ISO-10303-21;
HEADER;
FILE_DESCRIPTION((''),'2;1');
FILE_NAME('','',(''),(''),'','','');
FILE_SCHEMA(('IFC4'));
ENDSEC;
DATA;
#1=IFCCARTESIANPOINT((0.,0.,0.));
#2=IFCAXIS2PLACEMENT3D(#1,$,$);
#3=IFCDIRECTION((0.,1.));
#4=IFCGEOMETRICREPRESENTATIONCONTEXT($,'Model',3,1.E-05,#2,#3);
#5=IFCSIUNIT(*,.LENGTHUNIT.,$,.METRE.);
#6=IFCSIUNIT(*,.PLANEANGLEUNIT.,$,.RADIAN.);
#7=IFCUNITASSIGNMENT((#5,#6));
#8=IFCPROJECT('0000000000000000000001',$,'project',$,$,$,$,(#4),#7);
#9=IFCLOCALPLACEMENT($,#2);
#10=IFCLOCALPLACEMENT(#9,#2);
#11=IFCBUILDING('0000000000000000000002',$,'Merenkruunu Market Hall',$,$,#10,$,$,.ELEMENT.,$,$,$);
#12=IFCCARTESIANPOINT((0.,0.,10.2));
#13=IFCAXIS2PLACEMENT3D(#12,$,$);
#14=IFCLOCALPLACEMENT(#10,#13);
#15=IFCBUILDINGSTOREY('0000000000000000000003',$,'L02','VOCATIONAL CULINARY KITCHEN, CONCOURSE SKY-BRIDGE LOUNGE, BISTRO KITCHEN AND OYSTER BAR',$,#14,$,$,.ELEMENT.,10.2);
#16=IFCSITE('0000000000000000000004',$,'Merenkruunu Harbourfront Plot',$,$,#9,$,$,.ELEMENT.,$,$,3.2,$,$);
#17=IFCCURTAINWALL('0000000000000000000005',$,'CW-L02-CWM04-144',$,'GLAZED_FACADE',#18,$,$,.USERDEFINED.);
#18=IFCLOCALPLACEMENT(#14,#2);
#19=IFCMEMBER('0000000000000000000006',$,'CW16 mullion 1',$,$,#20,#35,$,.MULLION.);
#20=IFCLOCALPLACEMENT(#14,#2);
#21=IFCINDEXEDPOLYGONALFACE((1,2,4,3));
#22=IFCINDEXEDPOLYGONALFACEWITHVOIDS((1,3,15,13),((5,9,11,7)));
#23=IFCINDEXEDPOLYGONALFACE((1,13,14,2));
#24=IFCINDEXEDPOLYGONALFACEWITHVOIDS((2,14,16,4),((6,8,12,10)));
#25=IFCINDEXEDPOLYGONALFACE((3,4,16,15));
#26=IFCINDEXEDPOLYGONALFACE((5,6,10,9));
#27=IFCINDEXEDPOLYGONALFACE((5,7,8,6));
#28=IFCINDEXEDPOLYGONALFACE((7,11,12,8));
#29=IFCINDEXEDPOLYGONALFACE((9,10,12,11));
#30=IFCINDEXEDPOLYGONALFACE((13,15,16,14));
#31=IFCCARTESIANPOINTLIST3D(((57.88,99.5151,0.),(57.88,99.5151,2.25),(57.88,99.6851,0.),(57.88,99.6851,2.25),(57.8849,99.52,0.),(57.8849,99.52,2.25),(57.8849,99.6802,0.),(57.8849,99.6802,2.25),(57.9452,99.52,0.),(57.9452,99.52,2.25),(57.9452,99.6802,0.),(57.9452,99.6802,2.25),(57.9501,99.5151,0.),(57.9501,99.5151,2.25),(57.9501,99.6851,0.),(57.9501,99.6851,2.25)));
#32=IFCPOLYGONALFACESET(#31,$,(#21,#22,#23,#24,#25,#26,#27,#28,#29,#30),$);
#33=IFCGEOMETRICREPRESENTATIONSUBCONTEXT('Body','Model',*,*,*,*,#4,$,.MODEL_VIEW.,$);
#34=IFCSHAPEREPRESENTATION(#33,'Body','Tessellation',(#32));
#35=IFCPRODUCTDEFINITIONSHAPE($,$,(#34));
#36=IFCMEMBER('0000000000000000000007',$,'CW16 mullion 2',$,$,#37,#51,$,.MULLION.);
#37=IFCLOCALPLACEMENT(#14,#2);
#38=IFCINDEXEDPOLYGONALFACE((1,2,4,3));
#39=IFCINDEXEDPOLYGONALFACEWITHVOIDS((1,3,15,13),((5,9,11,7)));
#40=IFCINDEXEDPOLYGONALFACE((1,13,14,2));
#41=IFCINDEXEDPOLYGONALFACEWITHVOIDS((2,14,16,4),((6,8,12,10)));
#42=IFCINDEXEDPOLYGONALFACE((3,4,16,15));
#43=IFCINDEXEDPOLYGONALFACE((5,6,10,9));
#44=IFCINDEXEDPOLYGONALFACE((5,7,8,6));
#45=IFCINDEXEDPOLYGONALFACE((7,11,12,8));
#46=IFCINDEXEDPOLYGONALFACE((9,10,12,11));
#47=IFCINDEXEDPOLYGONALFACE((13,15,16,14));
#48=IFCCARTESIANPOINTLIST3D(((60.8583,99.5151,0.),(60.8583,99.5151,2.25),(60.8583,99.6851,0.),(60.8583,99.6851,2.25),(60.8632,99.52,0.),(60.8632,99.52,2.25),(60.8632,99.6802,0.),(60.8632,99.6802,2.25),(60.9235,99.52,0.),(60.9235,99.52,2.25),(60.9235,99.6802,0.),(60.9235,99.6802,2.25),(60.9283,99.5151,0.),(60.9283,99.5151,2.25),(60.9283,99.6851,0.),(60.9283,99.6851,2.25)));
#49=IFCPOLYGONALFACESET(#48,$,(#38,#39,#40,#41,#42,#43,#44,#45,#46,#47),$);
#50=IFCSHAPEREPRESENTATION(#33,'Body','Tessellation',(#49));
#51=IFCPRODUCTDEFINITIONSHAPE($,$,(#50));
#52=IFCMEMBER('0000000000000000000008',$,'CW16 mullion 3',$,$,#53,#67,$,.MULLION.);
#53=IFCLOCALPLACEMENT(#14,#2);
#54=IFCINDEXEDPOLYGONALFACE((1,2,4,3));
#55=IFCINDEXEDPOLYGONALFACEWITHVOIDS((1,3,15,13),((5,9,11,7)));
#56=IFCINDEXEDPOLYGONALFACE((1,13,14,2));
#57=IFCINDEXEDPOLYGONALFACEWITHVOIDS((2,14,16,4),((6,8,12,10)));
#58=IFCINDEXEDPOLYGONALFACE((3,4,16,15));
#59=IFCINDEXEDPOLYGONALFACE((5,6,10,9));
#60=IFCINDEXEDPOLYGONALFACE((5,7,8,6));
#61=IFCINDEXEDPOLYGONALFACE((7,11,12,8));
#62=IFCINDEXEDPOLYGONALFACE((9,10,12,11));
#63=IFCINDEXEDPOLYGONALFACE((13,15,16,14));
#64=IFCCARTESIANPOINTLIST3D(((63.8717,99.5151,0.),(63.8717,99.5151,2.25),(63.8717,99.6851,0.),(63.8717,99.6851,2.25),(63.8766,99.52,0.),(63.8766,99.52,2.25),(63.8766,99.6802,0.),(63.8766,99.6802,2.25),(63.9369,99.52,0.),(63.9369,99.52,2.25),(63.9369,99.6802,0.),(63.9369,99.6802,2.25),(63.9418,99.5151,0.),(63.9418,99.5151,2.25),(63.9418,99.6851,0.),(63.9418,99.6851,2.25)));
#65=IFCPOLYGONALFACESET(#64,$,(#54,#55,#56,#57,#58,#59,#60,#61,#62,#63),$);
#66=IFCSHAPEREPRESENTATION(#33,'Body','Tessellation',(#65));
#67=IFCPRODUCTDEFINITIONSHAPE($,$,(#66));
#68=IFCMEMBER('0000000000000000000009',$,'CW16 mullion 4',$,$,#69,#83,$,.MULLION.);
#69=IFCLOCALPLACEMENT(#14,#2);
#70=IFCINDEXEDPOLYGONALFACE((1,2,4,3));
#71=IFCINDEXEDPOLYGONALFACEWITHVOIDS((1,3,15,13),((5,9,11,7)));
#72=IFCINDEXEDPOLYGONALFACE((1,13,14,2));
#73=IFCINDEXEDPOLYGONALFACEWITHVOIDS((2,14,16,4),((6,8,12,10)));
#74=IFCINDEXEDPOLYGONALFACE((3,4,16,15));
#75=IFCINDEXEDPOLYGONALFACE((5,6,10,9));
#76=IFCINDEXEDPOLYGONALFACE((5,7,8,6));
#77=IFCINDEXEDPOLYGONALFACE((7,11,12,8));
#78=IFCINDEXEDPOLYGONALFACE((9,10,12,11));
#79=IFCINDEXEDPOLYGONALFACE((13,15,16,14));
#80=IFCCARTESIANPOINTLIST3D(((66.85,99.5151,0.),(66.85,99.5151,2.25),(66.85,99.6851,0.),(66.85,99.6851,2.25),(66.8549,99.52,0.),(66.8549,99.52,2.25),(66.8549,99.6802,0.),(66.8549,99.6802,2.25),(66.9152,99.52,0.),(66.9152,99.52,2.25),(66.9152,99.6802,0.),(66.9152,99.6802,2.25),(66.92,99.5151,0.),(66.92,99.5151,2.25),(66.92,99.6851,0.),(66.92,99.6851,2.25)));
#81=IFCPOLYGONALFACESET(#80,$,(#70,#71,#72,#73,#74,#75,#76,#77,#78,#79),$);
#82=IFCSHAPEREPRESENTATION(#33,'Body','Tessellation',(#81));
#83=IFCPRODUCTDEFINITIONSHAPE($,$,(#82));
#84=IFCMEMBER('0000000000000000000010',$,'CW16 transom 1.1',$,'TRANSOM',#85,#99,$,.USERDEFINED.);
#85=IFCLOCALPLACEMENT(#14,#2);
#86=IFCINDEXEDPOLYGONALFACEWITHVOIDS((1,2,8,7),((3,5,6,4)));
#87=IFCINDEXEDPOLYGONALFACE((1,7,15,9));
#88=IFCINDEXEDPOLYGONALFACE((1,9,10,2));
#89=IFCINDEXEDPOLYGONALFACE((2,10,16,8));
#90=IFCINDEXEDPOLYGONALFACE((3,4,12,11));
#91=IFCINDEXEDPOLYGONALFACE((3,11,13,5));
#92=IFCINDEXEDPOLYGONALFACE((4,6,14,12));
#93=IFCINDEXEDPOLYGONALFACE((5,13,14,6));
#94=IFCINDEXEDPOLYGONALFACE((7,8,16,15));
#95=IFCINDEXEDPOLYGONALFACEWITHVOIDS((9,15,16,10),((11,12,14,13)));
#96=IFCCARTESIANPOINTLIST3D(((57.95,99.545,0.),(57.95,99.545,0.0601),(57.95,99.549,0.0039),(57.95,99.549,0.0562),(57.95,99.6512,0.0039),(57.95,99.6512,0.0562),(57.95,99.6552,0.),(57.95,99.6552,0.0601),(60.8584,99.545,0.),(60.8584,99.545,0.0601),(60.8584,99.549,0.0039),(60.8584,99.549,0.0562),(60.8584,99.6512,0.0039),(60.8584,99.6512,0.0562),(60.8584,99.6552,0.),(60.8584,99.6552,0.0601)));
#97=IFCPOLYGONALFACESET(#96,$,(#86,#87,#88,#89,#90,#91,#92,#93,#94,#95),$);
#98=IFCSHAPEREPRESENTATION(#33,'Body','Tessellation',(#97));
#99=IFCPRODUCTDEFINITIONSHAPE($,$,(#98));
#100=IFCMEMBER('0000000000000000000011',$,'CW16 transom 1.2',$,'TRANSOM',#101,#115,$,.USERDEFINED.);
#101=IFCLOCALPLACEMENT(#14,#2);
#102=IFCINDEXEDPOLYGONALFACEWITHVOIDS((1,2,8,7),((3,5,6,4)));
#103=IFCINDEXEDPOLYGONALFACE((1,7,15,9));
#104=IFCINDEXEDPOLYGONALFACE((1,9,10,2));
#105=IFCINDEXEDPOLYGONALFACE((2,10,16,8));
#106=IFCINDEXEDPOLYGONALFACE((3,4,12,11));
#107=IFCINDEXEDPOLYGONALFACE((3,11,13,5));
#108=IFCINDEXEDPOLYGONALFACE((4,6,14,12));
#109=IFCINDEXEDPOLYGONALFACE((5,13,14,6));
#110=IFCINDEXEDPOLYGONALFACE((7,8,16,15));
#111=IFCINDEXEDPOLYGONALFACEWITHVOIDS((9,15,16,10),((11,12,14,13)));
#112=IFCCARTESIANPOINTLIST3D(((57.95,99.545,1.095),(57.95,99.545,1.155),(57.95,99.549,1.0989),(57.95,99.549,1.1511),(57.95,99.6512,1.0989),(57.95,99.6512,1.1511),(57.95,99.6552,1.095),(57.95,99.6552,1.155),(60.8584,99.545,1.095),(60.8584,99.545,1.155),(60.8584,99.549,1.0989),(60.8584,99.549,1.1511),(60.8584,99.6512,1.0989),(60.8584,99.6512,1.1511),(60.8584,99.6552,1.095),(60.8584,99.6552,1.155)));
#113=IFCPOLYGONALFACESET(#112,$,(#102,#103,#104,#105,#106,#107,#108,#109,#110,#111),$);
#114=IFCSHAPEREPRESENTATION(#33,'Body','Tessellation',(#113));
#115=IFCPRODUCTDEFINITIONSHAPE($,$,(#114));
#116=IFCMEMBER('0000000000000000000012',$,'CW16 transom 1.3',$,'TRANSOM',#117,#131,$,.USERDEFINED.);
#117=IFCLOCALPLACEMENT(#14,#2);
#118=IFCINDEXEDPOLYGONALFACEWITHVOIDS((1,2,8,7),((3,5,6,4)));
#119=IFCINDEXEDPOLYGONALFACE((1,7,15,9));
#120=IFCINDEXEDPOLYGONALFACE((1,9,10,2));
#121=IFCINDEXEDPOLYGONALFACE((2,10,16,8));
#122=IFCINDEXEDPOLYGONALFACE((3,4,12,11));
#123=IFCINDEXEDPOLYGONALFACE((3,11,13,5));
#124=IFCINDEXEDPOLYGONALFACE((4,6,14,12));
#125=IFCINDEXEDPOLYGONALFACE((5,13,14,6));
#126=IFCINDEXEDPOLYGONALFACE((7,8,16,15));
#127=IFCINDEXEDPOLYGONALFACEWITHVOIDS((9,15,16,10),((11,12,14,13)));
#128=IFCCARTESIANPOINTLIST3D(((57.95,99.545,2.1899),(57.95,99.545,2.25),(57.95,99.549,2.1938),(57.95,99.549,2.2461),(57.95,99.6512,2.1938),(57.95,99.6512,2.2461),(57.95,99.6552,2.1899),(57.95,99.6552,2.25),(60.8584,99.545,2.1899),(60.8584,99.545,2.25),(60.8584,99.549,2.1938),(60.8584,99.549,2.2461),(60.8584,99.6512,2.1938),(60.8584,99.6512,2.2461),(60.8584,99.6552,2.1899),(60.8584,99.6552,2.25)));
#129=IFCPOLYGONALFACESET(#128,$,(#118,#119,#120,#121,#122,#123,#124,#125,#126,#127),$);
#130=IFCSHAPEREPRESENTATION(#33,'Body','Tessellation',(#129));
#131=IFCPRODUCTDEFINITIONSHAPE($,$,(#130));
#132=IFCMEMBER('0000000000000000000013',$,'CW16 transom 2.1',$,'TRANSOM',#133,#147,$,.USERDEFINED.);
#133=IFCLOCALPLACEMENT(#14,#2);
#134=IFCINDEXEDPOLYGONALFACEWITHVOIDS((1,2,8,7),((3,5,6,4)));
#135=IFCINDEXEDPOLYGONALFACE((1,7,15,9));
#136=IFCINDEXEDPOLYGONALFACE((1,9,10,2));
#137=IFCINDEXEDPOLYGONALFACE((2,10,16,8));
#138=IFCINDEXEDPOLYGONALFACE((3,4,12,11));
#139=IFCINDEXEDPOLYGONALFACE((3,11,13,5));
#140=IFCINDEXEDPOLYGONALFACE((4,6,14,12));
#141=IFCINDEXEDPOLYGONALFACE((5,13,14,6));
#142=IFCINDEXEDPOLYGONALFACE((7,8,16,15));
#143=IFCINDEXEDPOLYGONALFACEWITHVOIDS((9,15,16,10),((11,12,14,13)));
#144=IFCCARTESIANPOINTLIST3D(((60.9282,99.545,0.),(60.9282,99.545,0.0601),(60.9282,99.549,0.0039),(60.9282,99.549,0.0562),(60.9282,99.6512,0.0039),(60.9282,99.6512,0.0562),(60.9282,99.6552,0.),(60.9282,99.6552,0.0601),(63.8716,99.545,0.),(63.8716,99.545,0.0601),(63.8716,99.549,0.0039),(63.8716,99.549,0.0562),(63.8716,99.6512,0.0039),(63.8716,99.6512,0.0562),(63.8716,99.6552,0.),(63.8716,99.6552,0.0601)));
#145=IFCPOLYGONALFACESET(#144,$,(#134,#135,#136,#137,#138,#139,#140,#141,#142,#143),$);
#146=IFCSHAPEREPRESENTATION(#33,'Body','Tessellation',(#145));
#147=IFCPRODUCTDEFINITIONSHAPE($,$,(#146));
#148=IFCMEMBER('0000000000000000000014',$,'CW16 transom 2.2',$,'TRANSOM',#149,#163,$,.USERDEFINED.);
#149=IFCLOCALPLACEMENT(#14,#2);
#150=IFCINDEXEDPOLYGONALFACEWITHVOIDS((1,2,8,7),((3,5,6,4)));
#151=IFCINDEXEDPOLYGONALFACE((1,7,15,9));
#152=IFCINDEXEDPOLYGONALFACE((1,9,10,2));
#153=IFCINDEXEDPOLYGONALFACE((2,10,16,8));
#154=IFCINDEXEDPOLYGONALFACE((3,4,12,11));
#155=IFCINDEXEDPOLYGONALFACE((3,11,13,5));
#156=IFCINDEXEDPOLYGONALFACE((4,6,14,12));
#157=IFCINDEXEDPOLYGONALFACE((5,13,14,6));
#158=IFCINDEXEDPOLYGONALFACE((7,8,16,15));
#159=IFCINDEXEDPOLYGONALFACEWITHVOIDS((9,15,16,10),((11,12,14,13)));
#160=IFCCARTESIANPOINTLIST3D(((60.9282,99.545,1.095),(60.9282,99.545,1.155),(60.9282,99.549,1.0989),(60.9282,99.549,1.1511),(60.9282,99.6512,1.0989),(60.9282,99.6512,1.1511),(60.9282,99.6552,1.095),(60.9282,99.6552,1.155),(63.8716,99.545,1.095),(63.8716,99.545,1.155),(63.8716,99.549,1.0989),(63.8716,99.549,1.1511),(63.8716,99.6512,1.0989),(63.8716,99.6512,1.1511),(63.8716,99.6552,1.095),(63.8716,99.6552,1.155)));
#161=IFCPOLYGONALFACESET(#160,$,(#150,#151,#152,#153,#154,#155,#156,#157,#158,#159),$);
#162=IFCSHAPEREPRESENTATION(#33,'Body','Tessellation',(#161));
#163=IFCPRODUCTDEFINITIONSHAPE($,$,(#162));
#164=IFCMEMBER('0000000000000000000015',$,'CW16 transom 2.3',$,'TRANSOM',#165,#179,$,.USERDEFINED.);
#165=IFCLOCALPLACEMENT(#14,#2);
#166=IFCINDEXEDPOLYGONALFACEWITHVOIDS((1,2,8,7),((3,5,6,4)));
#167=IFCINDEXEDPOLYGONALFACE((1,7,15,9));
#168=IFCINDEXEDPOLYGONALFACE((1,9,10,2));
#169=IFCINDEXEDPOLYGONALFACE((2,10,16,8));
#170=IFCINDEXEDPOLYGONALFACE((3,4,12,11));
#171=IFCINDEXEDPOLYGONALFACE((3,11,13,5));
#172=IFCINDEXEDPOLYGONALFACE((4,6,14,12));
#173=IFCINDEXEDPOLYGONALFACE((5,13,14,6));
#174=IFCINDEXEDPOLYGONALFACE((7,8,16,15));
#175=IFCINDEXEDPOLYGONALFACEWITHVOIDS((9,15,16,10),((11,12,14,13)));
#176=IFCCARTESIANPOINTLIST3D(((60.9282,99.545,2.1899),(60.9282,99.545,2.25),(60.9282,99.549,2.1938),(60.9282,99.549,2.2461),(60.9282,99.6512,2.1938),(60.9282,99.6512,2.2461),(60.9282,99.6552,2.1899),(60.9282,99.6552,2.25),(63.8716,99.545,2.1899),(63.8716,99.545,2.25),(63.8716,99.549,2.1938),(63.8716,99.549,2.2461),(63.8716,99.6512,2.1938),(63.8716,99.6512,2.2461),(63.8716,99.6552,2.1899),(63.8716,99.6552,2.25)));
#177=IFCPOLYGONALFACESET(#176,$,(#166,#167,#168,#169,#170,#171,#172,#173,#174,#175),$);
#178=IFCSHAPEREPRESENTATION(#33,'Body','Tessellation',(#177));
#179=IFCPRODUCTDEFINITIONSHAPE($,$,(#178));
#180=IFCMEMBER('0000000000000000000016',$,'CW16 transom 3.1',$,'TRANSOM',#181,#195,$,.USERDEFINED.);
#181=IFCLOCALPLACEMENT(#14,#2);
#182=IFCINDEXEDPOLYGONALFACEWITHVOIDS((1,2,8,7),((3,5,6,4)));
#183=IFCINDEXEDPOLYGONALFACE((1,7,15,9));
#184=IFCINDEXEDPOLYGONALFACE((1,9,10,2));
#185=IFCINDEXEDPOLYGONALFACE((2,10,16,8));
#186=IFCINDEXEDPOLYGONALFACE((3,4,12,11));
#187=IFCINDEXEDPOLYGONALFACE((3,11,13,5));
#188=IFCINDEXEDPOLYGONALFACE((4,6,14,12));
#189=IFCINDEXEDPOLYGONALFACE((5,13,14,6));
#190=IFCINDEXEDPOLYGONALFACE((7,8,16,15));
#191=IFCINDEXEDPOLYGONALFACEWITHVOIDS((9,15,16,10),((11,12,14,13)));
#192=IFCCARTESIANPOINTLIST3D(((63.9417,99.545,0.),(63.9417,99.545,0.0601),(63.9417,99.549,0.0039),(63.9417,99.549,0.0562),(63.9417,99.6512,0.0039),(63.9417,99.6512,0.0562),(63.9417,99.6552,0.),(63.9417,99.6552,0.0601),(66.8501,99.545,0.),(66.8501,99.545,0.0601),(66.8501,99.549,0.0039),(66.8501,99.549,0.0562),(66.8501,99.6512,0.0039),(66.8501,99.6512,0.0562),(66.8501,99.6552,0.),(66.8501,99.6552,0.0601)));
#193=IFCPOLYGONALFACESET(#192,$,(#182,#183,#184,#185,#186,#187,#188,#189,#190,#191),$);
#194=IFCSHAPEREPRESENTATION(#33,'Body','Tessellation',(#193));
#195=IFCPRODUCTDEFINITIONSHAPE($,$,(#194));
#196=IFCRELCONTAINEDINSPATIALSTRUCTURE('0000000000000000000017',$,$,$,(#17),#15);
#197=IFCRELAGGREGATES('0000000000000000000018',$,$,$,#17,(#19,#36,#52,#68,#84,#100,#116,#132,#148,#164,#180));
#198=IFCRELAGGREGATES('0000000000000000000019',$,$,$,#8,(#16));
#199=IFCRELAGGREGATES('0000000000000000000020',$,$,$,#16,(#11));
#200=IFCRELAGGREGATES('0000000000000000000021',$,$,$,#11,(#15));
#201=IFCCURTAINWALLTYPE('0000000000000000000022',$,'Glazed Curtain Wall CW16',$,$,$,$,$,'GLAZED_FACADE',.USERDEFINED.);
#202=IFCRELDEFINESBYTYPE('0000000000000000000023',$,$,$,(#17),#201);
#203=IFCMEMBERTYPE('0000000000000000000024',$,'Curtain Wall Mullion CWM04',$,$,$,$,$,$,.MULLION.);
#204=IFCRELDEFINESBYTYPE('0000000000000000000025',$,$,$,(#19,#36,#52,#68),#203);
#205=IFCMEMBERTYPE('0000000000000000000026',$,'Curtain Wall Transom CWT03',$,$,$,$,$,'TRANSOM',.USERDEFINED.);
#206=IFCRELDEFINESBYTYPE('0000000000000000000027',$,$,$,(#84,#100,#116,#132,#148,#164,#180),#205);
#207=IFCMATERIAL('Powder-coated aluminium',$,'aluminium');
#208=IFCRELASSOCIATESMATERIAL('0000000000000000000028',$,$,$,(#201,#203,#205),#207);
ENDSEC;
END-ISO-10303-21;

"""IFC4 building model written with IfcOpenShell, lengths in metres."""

from ifc_helpers import new_model, si_unit, direction, frame, origin, origin_2d, place, context, subcontext, project, spatial, hollow_rectangle, extrude, material, material_profile, profile_set, type_object, element, aggregate, save


model = new_model("IFC4")

# Units and contexts
model_context = context("Model", 3, precision=1e-05, world=origin(), true_north=direction((0.0, 1.0)))
body_context = subcontext(model_context, "Body", "Model", "MODEL_VIEW")
ifc_project = project(units=[si_unit("LENGTHUNIT", "METRE"), si_unit("PLANEANGLEUNIT", "RADIAN")], contexts=[model_context])

# Site, building, storey
site_placement = place(None, origin())
site = spatial("IfcSite", under=ifc_project, at=site_placement, Name="Merenkruunu Harbourfront Plot", CompositionType="ELEMENT", RefElevation=3.2)
building_placement = place(site_placement, origin())
building = spatial("IfcBuilding", under=site, at=building_placement, Name="Merenkruunu Market Hall", CompositionType="ELEMENT")
storey_placement = place(building_placement, frame((0.0, 0.0, 10.2)))
storey = spatial("IfcBuildingStorey", under=building, at=storey_placement, Name="L02", Description="VOCATIONAL CULINARY KITCHEN, CONCOURSE SKY-BRIDGE LOUNGE, BISTRO KITCHEN AND OYSTER BAR", CompositionType="ELEMENT", Elevation=10.2)

# Curtain wall, members
ifc_material_1 = material(Name="Powder-coated aluminium", Category="aluminium")
curtain_wall_type_1 = type_object("IfcCurtainWallType", Name="Glazed Curtain Wall CW16", ElementType="GLAZED_FACADE", PredefinedType="USERDEFINED", material=ifc_material_1)
curtain_wall_1_placement = place(storey_placement, origin())
curtain_wall_1 = element("IfcCurtainWall", 1, at=curtain_wall_1_placement, inside=storey, type_object=curtain_wall_type_1, Name="CW-L02-CWM04-144", ObjectType="GLAZED_FACADE", PredefinedType="USERDEFINED")
ifc_material_profile_1 = material_profile(ifc_material_1, hollow_rectangle(XDim=0.0701, YDim=0.1699, WallThickness=0.0049, at=origin_2d()), Name="ALU 70x170x5")
ifc_profile_set_1 = profile_set([ifc_material_profile_1], Name="Powder-coated aluminium")
member_type_1 = type_object("IfcMemberType", Name="Curtain Wall Mullion CWM04", PredefinedType="MULLION", material=ifc_profile_set_1)
member_1_placement = place(storey_placement, frame((57.915, 99.6001, 0.0), z_axis=(0.0, 0.0, 1.0), x_axis=(1.0, 0.0, 0.0)))
member_1 = element("IfcMember", 2, at=member_1_placement, type_object=member_type_1, Name="CW16 mullion 1", PredefinedType="MULLION", context=body_context, shape_type="SweptSolid", body=[
    extrude(hollow_rectangle(XDim=0.0701, YDim=0.1699, WallThickness=0.0049, at=origin_2d()), origin(), (0.0, 0.0, 1.0), 2.25),
])
member_2_placement = place(storey_placement, frame((60.8933, 99.6001, 0.0), z_axis=(0.0, 0.0, 1.0), x_axis=(1.0, 0.0, 0.0)))
member_2 = element("IfcMember", 3, at=member_2_placement, type_object=member_type_1, Name="CW16 mullion 2", PredefinedType="MULLION", context=body_context, shape_type="SweptSolid", body=[
    extrude(hollow_rectangle(XDim=0.0701, YDim=0.1699, WallThickness=0.0049, at=origin_2d()), origin(), (0.0, 0.0, 1.0), 2.25),
])
member_3_placement = place(storey_placement, frame((63.9067, 99.6001, 0.0), z_axis=(0.0, 0.0, 1.0), x_axis=(1.0, 0.0, 0.0)))
member_3 = element("IfcMember", 4, at=member_3_placement, type_object=member_type_1, Name="CW16 mullion 3", PredefinedType="MULLION", context=body_context, shape_type="SweptSolid", body=[
    extrude(hollow_rectangle(XDim=0.0701, YDim=0.1699, WallThickness=0.0049, at=origin_2d()), origin(), (0.0, 0.0, 1.0), 2.25),
])
member_4_placement = place(storey_placement, frame((66.885, 99.6001, 0.0), z_axis=(0.0, 0.0, 1.0), x_axis=(1.0, 0.0, 0.0)))
member_4 = element("IfcMember", 5, at=member_4_placement, type_object=member_type_1, Name="CW16 mullion 4", PredefinedType="MULLION", context=body_context, shape_type="SweptSolid", body=[
    extrude(hollow_rectangle(XDim=0.0701, YDim=0.1699, WallThickness=0.0049, at=origin_2d()), origin(), (0.0, 0.0, 1.0), 2.25),
])
ifc_material_profile_2 = material_profile(ifc_material_1, hollow_rectangle(XDim=0.0601, YDim=0.1101, WallThickness=0.0039, at=origin_2d()), Name="ALU 60x110x4")
ifc_profile_set_2 = profile_set([ifc_material_profile_2], Name="Powder-coated aluminium")
member_type_2 = type_object("IfcMemberType", Name="Curtain Wall Transom CWT03", ElementType="TRANSOM", PredefinedType="USERDEFINED", material=ifc_profile_set_2)
member_5_placement = place(storey_placement, frame((57.95, 99.6001, 0.03), z_axis=(1.0, 0.0, 0.0), x_axis=(0.0, 0.0, 1.0)))
member_5 = element("IfcMember", 6, at=member_5_placement, type_object=member_type_2, Name="CW16 transom 1.1", ObjectType="TRANSOM", PredefinedType="USERDEFINED", context=body_context, shape_type="SweptSolid", body=[
    extrude(hollow_rectangle(XDim=0.0601, YDim=0.1101, WallThickness=0.0039, at=origin_2d()), origin(), (0.0, 0.0, 1.0), 2.9084),
])
member_6_placement = place(storey_placement, frame((57.95, 99.6001, 1.125), z_axis=(1.0, 0.0, 0.0), x_axis=(0.0, 0.0, 1.0)))
member_6 = element("IfcMember", 7, at=member_6_placement, type_object=member_type_2, Name="CW16 transom 1.2", ObjectType="TRANSOM", PredefinedType="USERDEFINED", context=body_context, shape_type="SweptSolid", body=[
    extrude(hollow_rectangle(XDim=0.0601, YDim=0.1101, WallThickness=0.0039, at=origin_2d()), origin(), (0.0, 0.0, 1.0), 2.9084),
])
member_7_placement = place(storey_placement, frame((57.95, 99.6001, 2.22), z_axis=(1.0, 0.0, 0.0), x_axis=(0.0, 0.0, 1.0)))
member_7 = element("IfcMember", 8, at=member_7_placement, type_object=member_type_2, Name="CW16 transom 1.3", ObjectType="TRANSOM", PredefinedType="USERDEFINED", context=body_context, shape_type="SweptSolid", body=[
    extrude(hollow_rectangle(XDim=0.0601, YDim=0.1101, WallThickness=0.0039, at=origin_2d()), origin(), (0.0, 0.0, 1.0), 2.9084),
])
member_8_placement = place(storey_placement, frame((60.9282, 99.6001, 0.03), z_axis=(1.0, 0.0, 0.0), x_axis=(0.0, 0.0, 1.0)))
member_8 = element("IfcMember", 9, at=member_8_placement, type_object=member_type_2, Name="CW16 transom 2.1", ObjectType="TRANSOM", PredefinedType="USERDEFINED", context=body_context, shape_type="SweptSolid", body=[
    extrude(hollow_rectangle(XDim=0.0601, YDim=0.1101, WallThickness=0.0039, at=origin_2d()), origin(), (0.0, 0.0, 1.0), 2.9434),
])
member_9_placement = place(storey_placement, frame((60.9282, 99.6001, 1.125), z_axis=(1.0, 0.0, 0.0), x_axis=(0.0, 0.0, 1.0)))
member_9 = element("IfcMember", 10, at=member_9_placement, type_object=member_type_2, Name="CW16 transom 2.2", ObjectType="TRANSOM", PredefinedType="USERDEFINED", context=body_context, shape_type="SweptSolid", body=[
    extrude(hollow_rectangle(XDim=0.0601, YDim=0.1101, WallThickness=0.0039, at=origin_2d()), origin(), (0.0, 0.0, 1.0), 2.9434),
])
member_10_placement = place(storey_placement, frame((60.9282, 99.6001, 2.22), z_axis=(1.0, 0.0, 0.0), x_axis=(0.0, 0.0, 1.0)))
member_10 = element("IfcMember", 11, at=member_10_placement, type_object=member_type_2, Name="CW16 transom 2.3", ObjectType="TRANSOM", PredefinedType="USERDEFINED", context=body_context, shape_type="SweptSolid", body=[
    extrude(hollow_rectangle(XDim=0.0601, YDim=0.1101, WallThickness=0.0039, at=origin_2d()), origin(), (0.0, 0.0, 1.0), 2.9434),
])
member_11_placement = place(storey_placement, frame((63.9417, 99.6001, 0.03), z_axis=(1.0, 0.0, 0.0), x_axis=(0.0, 0.0, 1.0)))
member_11 = element("IfcMember", 12, at=member_11_placement, type_object=member_type_2, Name="CW16 transom 3.1", ObjectType="TRANSOM", PredefinedType="USERDEFINED", context=body_context, shape_type="SweptSolid", body=[
    extrude(hollow_rectangle(XDim=0.0601, YDim=0.1101, WallThickness=0.0039, at=origin_2d()), origin(), (0.0, 0.0, 1.0), 2.9084),
])

aggregate(curtain_wall_1, [member_1, member_2, member_3, member_4, member_5, member_6, member_7, member_8, member_9, member_10, member_11])

save(model, "model.ifc")
